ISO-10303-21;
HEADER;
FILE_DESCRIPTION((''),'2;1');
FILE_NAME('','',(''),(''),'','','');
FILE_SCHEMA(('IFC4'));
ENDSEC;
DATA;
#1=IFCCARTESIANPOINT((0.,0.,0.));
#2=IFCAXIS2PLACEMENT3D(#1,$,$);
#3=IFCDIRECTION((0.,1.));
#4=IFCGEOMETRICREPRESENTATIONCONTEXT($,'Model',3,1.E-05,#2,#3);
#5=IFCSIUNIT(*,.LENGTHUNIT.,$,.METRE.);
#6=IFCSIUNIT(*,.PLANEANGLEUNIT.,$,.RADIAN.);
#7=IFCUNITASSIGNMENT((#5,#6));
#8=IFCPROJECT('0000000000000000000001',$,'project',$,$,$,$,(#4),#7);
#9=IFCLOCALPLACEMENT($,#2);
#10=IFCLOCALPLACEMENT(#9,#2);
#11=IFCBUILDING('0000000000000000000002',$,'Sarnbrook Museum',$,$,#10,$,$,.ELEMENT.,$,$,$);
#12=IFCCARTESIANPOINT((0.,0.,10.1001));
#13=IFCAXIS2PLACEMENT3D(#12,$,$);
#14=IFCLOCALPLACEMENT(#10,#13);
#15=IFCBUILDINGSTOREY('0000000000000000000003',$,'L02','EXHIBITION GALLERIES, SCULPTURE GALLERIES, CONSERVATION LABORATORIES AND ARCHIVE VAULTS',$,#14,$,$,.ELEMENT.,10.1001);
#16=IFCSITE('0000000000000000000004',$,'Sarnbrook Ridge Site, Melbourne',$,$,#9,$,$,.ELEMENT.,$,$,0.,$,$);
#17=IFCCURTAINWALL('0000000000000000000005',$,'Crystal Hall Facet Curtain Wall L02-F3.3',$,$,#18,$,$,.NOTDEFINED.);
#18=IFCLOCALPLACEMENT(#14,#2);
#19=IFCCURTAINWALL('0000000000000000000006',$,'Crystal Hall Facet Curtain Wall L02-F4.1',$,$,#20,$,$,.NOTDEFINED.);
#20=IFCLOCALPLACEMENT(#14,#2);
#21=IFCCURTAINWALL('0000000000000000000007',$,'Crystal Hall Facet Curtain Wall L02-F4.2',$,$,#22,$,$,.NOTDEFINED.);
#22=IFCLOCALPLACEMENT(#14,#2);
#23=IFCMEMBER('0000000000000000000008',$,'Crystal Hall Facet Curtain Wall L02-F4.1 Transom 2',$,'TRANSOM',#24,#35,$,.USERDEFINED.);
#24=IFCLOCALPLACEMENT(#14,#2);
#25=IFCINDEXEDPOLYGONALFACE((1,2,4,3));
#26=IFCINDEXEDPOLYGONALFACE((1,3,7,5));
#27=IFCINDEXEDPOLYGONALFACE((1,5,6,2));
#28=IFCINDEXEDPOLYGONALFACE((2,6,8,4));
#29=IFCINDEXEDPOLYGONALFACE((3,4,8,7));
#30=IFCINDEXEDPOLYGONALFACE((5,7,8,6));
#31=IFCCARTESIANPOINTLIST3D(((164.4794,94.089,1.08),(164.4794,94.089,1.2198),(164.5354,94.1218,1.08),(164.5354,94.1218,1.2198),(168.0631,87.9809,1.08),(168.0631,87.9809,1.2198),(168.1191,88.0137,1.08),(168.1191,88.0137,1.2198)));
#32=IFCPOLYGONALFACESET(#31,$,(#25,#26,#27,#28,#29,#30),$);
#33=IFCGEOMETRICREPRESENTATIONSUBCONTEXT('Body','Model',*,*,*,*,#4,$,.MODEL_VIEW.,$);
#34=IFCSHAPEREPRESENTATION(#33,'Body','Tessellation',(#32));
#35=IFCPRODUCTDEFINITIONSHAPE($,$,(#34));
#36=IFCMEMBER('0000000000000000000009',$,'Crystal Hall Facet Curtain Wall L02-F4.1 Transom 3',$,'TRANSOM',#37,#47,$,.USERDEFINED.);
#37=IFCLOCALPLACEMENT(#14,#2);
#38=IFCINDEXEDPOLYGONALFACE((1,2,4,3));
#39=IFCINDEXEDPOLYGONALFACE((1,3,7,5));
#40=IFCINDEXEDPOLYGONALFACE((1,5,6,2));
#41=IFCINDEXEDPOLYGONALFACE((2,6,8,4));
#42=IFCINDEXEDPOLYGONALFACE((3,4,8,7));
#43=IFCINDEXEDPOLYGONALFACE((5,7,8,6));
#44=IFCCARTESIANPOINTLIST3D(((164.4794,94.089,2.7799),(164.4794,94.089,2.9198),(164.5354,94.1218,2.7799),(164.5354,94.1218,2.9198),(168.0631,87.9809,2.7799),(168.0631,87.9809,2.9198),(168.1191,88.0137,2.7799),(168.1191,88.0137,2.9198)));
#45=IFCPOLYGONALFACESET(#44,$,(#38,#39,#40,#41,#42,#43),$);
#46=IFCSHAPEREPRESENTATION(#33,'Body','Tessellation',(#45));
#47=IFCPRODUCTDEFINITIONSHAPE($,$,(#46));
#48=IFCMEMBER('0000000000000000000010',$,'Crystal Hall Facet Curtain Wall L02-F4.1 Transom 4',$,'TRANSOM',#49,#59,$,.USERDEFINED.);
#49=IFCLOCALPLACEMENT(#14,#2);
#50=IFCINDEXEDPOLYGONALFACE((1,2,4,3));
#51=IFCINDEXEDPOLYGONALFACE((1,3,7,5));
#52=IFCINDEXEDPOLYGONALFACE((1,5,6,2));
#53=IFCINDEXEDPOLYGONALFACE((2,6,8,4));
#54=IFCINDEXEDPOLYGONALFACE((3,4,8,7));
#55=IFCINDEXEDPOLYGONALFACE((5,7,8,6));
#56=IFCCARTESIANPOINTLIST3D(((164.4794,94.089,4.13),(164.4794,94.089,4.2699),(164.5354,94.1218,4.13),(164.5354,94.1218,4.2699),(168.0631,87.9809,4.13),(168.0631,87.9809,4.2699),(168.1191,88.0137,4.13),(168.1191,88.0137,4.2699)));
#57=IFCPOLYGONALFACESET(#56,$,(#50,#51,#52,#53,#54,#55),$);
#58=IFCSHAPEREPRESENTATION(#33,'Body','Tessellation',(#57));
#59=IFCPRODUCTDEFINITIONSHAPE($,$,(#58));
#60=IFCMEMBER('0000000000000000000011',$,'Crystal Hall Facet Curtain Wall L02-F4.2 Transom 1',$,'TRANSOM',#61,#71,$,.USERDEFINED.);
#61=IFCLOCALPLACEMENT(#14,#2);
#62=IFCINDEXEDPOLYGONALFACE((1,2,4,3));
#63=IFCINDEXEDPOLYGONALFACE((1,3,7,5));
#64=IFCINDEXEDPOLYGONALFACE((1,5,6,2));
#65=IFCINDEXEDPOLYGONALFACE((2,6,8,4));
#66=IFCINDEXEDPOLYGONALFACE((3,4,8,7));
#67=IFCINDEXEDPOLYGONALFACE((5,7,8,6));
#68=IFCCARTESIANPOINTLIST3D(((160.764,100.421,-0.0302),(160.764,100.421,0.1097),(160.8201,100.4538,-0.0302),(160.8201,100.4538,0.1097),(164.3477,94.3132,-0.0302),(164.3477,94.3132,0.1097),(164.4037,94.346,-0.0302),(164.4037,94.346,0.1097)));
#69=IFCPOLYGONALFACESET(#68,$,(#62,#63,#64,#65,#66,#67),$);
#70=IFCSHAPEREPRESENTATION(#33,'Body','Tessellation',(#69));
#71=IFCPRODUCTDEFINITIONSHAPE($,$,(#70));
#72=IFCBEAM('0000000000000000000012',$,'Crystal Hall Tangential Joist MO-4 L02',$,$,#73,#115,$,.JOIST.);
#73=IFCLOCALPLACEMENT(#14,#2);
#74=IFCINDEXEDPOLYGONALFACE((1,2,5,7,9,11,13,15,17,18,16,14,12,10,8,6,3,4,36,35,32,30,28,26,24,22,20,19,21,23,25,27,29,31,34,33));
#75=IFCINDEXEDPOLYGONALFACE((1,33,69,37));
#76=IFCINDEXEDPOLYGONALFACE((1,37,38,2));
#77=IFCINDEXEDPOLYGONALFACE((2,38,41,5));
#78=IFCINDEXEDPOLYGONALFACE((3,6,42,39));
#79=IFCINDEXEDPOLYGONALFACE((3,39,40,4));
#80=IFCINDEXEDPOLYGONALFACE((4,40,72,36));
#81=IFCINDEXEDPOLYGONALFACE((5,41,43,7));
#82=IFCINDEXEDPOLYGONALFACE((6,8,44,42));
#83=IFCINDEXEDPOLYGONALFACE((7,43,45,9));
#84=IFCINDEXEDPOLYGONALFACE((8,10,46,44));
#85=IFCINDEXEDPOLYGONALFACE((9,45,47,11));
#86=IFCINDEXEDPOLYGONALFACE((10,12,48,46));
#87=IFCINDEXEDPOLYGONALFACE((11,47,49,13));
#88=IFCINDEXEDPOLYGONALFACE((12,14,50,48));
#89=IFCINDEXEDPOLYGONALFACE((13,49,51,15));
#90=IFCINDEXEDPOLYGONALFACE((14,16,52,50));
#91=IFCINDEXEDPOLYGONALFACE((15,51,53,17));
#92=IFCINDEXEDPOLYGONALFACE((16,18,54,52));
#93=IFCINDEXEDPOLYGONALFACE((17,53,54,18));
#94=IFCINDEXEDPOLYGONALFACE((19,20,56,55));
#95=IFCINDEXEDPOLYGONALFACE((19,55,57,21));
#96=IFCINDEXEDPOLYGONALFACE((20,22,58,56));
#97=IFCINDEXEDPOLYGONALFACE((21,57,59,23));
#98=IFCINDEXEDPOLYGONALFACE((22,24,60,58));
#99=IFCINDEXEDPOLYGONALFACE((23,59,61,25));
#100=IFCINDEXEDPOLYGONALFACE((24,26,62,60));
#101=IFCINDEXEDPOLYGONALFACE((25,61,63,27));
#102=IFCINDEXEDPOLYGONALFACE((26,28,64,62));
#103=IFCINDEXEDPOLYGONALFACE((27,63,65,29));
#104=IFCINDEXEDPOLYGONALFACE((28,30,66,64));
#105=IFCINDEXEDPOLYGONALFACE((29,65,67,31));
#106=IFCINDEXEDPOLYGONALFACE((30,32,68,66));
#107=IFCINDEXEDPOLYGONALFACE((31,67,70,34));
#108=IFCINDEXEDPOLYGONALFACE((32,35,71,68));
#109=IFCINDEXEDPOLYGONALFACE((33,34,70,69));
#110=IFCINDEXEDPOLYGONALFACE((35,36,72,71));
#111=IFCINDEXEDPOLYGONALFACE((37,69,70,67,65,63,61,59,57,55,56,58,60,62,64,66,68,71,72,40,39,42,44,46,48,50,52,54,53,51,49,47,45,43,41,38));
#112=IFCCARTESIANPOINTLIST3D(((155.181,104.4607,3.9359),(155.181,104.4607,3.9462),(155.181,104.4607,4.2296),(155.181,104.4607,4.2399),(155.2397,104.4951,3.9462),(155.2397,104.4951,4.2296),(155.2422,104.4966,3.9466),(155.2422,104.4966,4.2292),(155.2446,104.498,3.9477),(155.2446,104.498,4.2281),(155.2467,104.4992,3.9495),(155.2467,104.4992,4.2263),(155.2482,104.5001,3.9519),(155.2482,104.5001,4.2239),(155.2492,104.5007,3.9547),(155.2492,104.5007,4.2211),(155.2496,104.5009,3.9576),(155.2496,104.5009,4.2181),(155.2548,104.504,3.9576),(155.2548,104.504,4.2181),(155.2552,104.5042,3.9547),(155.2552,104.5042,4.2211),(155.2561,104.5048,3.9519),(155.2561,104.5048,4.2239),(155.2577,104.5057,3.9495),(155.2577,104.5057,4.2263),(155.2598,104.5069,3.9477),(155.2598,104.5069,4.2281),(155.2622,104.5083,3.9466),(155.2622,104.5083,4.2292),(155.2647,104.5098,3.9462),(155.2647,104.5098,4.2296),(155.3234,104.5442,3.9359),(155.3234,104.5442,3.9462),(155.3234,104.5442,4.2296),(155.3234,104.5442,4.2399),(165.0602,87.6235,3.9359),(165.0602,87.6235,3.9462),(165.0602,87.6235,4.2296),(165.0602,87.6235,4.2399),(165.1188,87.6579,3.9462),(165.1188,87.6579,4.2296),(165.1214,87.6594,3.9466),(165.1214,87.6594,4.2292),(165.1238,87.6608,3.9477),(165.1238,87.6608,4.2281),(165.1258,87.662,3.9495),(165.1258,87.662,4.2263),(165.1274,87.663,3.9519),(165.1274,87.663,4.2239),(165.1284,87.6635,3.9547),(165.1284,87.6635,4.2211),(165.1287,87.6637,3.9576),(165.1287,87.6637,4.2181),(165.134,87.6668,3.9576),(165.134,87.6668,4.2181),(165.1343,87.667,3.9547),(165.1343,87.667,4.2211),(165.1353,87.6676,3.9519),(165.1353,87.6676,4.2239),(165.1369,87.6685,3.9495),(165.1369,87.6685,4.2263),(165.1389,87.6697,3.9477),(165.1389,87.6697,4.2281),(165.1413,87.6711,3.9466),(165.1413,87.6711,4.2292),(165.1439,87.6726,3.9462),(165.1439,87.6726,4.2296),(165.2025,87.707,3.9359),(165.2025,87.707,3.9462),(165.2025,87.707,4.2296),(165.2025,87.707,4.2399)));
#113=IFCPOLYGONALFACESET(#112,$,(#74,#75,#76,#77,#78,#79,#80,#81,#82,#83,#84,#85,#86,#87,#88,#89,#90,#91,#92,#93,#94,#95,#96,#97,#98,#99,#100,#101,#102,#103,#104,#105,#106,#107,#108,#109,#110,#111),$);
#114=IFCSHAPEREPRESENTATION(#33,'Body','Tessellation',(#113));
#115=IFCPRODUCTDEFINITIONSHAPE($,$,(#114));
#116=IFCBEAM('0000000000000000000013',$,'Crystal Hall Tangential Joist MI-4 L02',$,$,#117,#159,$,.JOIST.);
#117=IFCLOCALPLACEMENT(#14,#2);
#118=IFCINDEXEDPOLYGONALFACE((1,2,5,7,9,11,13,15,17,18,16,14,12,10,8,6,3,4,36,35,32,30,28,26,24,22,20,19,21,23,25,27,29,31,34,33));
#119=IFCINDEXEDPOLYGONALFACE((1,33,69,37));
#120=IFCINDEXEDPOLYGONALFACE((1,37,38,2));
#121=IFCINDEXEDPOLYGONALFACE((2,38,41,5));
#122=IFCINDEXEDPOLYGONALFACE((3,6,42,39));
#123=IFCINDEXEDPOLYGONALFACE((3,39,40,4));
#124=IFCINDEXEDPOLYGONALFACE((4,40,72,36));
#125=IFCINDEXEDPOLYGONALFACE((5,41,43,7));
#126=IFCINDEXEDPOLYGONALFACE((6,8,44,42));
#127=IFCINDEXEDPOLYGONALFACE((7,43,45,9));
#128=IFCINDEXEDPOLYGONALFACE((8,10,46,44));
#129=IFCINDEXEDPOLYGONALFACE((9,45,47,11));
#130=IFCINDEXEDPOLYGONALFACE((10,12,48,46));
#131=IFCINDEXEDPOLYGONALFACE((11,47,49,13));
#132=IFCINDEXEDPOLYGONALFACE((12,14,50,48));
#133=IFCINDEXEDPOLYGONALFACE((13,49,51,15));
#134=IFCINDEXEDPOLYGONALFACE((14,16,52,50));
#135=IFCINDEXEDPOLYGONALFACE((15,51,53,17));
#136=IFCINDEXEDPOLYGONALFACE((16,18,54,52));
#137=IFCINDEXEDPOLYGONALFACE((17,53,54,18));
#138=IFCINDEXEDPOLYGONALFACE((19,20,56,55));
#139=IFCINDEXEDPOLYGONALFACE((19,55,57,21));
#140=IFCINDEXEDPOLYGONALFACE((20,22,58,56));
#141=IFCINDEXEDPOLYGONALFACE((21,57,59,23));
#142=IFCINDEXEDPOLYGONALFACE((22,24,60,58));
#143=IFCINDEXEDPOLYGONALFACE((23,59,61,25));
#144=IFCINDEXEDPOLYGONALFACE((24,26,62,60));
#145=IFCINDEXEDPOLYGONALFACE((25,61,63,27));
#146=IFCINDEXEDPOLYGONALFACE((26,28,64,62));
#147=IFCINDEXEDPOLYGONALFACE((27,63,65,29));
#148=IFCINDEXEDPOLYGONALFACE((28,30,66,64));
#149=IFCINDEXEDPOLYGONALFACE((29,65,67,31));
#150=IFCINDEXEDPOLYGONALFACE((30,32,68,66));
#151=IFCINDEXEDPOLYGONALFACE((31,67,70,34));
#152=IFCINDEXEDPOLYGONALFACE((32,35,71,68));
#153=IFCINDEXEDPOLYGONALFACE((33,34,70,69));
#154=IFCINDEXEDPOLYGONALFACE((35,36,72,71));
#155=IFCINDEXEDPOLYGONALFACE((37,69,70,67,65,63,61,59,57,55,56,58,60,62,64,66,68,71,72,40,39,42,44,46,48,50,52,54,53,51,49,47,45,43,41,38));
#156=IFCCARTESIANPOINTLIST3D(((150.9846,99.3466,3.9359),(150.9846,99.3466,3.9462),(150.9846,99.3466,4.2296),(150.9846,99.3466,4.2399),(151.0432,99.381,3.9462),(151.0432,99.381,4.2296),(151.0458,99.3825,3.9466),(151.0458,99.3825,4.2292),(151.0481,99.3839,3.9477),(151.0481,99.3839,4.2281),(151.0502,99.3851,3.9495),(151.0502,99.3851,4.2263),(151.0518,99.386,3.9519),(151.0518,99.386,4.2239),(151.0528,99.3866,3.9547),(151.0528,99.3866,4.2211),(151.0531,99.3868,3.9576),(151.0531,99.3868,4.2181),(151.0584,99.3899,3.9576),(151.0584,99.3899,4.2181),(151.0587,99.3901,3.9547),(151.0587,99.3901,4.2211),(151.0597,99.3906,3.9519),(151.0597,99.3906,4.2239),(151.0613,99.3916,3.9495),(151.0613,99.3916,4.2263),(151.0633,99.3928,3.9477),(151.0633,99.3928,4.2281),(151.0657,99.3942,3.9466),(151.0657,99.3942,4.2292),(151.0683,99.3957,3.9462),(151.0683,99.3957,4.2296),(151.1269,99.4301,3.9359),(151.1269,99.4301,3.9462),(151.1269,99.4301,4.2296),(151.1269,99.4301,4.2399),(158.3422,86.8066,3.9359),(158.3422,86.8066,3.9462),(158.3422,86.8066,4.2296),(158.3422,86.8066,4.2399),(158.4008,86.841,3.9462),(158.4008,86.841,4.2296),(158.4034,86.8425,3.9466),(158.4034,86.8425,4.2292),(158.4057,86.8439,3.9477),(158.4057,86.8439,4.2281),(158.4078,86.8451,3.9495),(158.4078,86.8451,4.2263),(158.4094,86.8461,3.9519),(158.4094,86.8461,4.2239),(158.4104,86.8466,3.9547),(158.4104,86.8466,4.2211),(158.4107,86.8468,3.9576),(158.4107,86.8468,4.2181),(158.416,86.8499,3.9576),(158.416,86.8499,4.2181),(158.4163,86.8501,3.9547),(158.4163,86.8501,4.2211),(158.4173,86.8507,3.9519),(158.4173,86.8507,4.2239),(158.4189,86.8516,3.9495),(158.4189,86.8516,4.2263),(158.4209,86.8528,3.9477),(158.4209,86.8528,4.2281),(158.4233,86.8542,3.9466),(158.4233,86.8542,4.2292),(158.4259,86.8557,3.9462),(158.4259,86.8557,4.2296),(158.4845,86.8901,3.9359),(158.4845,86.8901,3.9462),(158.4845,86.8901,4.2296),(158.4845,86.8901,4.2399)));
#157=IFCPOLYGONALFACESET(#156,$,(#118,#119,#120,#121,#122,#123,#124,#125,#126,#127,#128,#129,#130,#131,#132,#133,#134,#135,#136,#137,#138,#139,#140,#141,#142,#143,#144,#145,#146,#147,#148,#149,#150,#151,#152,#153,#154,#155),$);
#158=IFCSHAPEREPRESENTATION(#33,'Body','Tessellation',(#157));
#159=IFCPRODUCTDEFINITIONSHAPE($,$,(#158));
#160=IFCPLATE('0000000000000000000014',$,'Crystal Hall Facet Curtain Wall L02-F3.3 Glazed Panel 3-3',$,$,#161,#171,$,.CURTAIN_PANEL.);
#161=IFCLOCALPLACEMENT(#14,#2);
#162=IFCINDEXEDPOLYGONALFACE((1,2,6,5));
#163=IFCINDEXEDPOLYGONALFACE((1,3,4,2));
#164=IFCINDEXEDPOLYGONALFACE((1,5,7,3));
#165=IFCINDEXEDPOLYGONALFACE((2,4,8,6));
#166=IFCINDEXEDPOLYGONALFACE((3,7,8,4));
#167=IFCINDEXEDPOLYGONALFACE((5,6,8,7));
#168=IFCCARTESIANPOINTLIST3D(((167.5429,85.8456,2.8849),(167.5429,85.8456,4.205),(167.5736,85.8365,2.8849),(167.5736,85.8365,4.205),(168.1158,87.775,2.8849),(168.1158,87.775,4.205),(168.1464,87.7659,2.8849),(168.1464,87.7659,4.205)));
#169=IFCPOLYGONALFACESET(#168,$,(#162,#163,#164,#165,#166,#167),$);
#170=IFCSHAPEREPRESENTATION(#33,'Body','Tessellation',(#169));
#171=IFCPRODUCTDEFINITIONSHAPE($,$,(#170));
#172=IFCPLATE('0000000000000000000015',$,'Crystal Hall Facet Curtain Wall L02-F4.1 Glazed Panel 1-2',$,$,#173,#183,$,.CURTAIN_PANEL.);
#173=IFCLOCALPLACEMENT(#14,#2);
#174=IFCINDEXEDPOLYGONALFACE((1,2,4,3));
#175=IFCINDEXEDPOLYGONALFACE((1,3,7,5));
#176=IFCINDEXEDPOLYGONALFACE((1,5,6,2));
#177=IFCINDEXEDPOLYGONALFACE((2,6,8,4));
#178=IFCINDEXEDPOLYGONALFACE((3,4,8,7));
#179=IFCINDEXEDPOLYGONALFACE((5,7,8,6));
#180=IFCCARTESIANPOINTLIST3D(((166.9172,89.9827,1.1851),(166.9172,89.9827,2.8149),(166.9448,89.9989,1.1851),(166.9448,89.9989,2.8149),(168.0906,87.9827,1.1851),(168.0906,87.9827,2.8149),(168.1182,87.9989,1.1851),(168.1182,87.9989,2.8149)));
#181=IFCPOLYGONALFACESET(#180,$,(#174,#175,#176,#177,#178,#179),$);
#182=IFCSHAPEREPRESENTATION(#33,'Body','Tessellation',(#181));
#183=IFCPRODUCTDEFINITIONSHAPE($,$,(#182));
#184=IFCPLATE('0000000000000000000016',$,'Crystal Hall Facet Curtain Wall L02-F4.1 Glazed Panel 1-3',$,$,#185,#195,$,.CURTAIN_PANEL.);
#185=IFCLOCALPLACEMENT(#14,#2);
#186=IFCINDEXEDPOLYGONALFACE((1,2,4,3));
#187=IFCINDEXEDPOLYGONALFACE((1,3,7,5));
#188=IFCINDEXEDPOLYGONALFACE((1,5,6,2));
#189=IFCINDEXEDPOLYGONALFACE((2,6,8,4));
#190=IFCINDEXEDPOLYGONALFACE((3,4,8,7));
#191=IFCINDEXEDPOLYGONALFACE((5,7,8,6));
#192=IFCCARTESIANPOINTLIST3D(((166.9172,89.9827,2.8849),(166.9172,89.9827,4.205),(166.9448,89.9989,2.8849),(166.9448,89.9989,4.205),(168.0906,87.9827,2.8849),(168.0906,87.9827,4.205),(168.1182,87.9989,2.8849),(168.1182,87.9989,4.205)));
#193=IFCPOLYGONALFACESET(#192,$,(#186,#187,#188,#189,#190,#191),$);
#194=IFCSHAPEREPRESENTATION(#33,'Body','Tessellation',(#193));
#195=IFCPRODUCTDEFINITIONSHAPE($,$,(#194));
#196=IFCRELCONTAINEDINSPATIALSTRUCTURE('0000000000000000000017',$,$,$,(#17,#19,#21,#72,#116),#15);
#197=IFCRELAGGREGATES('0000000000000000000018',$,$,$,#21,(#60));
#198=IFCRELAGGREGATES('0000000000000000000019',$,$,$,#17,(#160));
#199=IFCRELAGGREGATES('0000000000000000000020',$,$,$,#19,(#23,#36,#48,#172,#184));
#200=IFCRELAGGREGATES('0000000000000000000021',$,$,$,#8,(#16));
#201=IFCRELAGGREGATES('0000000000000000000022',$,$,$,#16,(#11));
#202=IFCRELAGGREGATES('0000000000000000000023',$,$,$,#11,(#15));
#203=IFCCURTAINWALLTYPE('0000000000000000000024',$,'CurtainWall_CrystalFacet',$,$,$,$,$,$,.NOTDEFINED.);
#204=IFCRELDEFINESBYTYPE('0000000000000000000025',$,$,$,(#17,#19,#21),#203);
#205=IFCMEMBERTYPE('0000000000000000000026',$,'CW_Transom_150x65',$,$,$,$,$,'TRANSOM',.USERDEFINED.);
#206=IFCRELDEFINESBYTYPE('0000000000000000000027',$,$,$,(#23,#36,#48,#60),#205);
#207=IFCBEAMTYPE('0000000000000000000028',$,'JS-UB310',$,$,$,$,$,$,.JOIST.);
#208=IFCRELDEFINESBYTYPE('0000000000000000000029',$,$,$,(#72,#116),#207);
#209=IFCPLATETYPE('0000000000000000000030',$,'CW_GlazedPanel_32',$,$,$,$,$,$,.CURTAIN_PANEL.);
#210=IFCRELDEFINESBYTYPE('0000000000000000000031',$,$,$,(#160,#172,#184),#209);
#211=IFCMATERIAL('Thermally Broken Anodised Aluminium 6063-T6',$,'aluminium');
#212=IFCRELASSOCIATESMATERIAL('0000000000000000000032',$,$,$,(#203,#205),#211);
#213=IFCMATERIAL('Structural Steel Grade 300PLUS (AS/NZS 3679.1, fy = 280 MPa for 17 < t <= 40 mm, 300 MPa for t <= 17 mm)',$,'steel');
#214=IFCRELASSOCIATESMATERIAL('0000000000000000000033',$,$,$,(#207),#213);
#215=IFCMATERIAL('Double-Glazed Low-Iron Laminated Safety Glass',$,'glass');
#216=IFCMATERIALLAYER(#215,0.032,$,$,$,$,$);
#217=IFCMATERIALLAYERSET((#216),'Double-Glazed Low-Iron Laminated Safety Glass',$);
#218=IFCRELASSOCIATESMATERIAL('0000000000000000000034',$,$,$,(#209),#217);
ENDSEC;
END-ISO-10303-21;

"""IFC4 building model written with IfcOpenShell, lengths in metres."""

from ifc_helpers import new_model, si_unit, direction, frame, origin, origin_2d, place, context, subcontext, project, spatial, rectangle, i_section, extrude, material, layer, layer_set, material_profile, profile_set, type_object, element, aggregate, save


model = new_model("IFC4")

# Units and contexts
model_context = context("Model", 3, precision=1e-05, world=origin(), true_north=direction((0.0, 1.0)))
body_context = subcontext(model_context, "Body", "Model", "MODEL_VIEW")
ifc_project = project(units=[si_unit("LENGTHUNIT", "METRE"), si_unit("PLANEANGLEUNIT", "RADIAN")], contexts=[model_context])

# Site, building, storey
site_placement = place(None, origin())
site = spatial("IfcSite", under=ifc_project, at=site_placement, Name="Sarnbrook Ridge Site, Melbourne", CompositionType="ELEMENT", RefElevation=0.0)
building_placement = place(site_placement, origin())
building = spatial("IfcBuilding", under=site, at=building_placement, Name="Sarnbrook Museum", CompositionType="ELEMENT")
storey_placement = place(building_placement, frame((0.0, 0.0, 10.1001)))
storey = spatial("IfcBuildingStorey", under=building, at=storey_placement, Name="L02", Description="EXHIBITION GALLERIES, SCULPTURE GALLERIES, CONSERVATION LABORATORIES AND ARCHIVE VAULTS", CompositionType="ELEMENT", Elevation=10.1001)

# Curtain wall
ifc_material_1 = material(Name="Thermally Broken Anodised Aluminium 6063-T6", Category="aluminium")
curtain_wall_type = type_object("IfcCurtainWallType", Name="CurtainWall_CrystalFacet", PredefinedType="NOTDEFINED", material=ifc_material_1)
curtain_wall_1_placement = place(storey_placement, origin())
curtain_wall_1 = element("IfcCurtainWall", 1, at=curtain_wall_1_placement, inside=storey, type_object=curtain_wall_type, Name="Crystal Hall Facet Curtain Wall L02-F3.3", PredefinedType="NOTDEFINED")

# Curtain wall
curtain_wall_2_placement = place(storey_placement, origin())
curtain_wall_2 = element("IfcCurtainWall", 2, at=curtain_wall_2_placement, inside=storey, type_object=curtain_wall_type, Name="Crystal Hall Facet Curtain Wall L02-F4.1", PredefinedType="NOTDEFINED")

# Curtain wall
curtain_wall_3_placement = place(storey_placement, origin())
curtain_wall_3 = element("IfcCurtainWall", 3, at=curtain_wall_3_placement, inside=storey, type_object=curtain_wall_type, Name="Crystal Hall Facet Curtain Wall L02-F4.2", PredefinedType="NOTDEFINED")

# Members
ifc_material_profile_1 = material_profile(ifc_material_1, rectangle(XDim=0.0649, YDim=0.1399, at=origin_2d()), Name="ALU TRANSOM 65x140")
ifc_profile_set_1 = profile_set([ifc_material_profile_1], Name="Thermally Broken Anodised Aluminium 6063-T6")
member_type_1 = type_object("IfcMemberType", Name="CW_Transom_150x65", ElementType="TRANSOM", PredefinedType="USERDEFINED", material=ifc_profile_set_1)
member_1_placement = place(storey_placement, frame((168.0911, 87.9973, 1.1499), z_axis=(-0.506045, 0.862507, 0.0), x_axis=(-0.862507, -0.506045, 0.0)))
member_1 = element("IfcMember", 4, at=member_1_placement, type_object=member_type_1, Name="Crystal Hall Facet Curtain Wall L02-F4.1 Transom 2", ObjectType="TRANSOM", PredefinedType="USERDEFINED", context=body_context, shape_type="SweptSolid", body=[
    extrude(rectangle(XDim=0.0649, YDim=0.1399, at=origin_2d()), origin(), (0.0, 0.0, 1.0), 7.0818),
])
member_2_placement = place(storey_placement, frame((168.0911, 87.9973, 2.8499), z_axis=(-0.506045, 0.862507, 0.0), x_axis=(-0.862507, -0.506045, 0.0)))
member_2 = element("IfcMember", 5, at=member_2_placement, type_object=member_type_1, Name="Crystal Hall Facet Curtain Wall L02-F4.1 Transom 3", ObjectType="TRANSOM", PredefinedType="USERDEFINED", context=body_context, shape_type="SweptSolid", body=[
    extrude(rectangle(XDim=0.0649, YDim=0.1399, at=origin_2d()), origin(), (0.0, 0.0, 1.0), 7.0818),
])
member_3_placement = place(storey_placement, frame((168.0911, 87.9973, 4.2), z_axis=(-0.506045, 0.862507, 0.0), x_axis=(-0.862507, -0.506045, 0.0)))
member_3 = element("IfcMember", 6, at=member_3_placement, type_object=member_type_1, Name="Crystal Hall Facet Curtain Wall L02-F4.1 Transom 4", ObjectType="TRANSOM", PredefinedType="USERDEFINED", context=body_context, shape_type="SweptSolid", body=[
    extrude(rectangle(XDim=0.0649, YDim=0.1399, at=origin_2d()), origin(), (0.0, 0.0, 1.0), 7.0818),
])
member_4_placement = place(storey_placement, frame((164.3757, 94.3296, 0.0398), z_axis=(-0.50606, 0.862498, 0.0), x_axis=(-0.862498, -0.50606, 0.0)))
member_4 = element("IfcMember", 7, at=member_4_placement, type_object=member_type_1, Name="Crystal Hall Facet Curtain Wall L02-F4.2 Transom 1", ObjectType="TRANSOM", PredefinedType="USERDEFINED", context=body_context, shape_type="SweptSolid", body=[
    extrude(rectangle(XDim=0.0649, YDim=0.1399, at=origin_2d()), origin(), (0.0, 0.0, 1.0), 7.0815),
])
aggregate(curtain_wall_3, [member_4])

# Beams
ifc_material_2 = material(Name="Structural Steel Grade 300PLUS (AS/NZS 3679.1, fy = 280 MPa for 17 < t <= 40 mm, 300 MPa for t <= 17 mm)", Category="steel")
ifc_material_profile_2 = material_profile(ifc_material_2, i_section(OverallWidth=0.165, OverallDepth=0.304, WebThickness=0.0061, FlangeThickness=0.0103, FilletRadius=0.0115, at=origin_2d()), Name="310UB40.4")
ifc_profile_set_2 = profile_set([ifc_material_profile_2], Name="Structural Steel Grade 300PLUS (AS/NZS 3679.1, fy = 280 MPa for 17 < t <= 40 mm, 300 MPa for t <= 17 mm)")
beam_type_1 = type_object("IfcBeamType", Name="JS-UB310", PredefinedType="JOIST", material=ifc_profile_set_2)
beam_1_placement = place(storey_placement, frame((165.1313, 87.6653, 4.0879), z_axis=(-0.506066, 0.862495, 0.0), x_axis=(-0.862495, -0.506066, 0.0)))
element("IfcBeam", 8, at=beam_1_placement, inside=storey, type_object=beam_type_1, Name="Crystal Hall Tangential Joist MO-4 L02", PredefinedType="JOIST", context=body_context, shape_type="SweptSolid", body=[
    extrude(i_section(OverallWidth=0.165, OverallDepth=0.304, WebThickness=0.0061, FlangeThickness=0.0103, FilletRadius=0.0115, at=origin_2d()), origin(), (0.0, 0.0, 1.0), 19.5215),
])
beam_2_placement = place(storey_placement, frame((158.4133, 86.8484, 4.0879), z_axis=(-0.506058, 0.8625, 0.0), x_axis=(-0.8625, -0.506058, 0.0)))
element("IfcBeam", 9, at=beam_2_placement, inside=storey, type_object=beam_type_1, Name="Crystal Hall Tangential Joist MI-4 L02", PredefinedType="JOIST", context=body_context, shape_type="SweptSolid", body=[
    extrude(i_section(OverallWidth=0.165, OverallDepth=0.304, WebThickness=0.0061, FlangeThickness=0.0103, FilletRadius=0.0115, at=origin_2d()), origin(), (0.0, 0.0, 1.0), 14.5391),
])

# Plates
ifc_material_3 = material(Name="Double-Glazed Low-Iron Laminated Safety Glass", Category="glass")
ifc_layer_1 = layer(ifc_material_3, 0.032)
ifc_layer_set_1 = layer_set([ifc_layer_1], Name="Double-Glazed Low-Iron Laminated Safety Glass")
plate_type_1 = type_object("IfcPlateType", Name="CW_GlazedPanel_32", PredefinedType="CURTAIN_PANEL", material=ifc_layer_set_1)
plate_1_placement = place(storey_placement, frame((167.8293, 86.8103, 3.5449), z_axis=(0.958646, -0.284601, 0.0), x_axis=(0.284601, 0.958646, 0.0)))
plate_1 = element("IfcPlate", 10, at=plate_1_placement, type_object=plate_type_1, Name="Crystal Hall Facet Curtain Wall L02-F3.3 Glazed Panel 3-3", PredefinedType="CURTAIN_PANEL", context=body_context, shape_type="SweptSolid", body=[
    extrude(rectangle(XDim=2.0127, YDim=1.3201, at=origin_2d()), origin(), (0.0, 0.0, 1.0), 0.032),
])
plate_2_placement = place(storey_placement, frame((167.5039, 88.9827, 2.0), z_axis=(0.862498, 0.506061, 0.0), x_axis=(-0.506061, 0.862498, 0.0)))
plate_2 = element("IfcPlate", 11, at=plate_2_placement, type_object=plate_type_1, Name="Crystal Hall Facet Curtain Wall L02-F4.1 Glazed Panel 1-2", PredefinedType="CURTAIN_PANEL", context=body_context, shape_type="SweptSolid", body=[
    extrude(rectangle(XDim=2.3188, YDim=1.6299, at=origin_2d()), origin(), (0.0, 0.0, 1.0), 0.032),
])
plate_3_placement = place(storey_placement, frame((167.5039, 88.9827, 3.5449), z_axis=(0.862498, 0.506061, 0.0), x_axis=(-0.506061, 0.862498, 0.0)))
plate_3 = element("IfcPlate", 12, at=plate_3_placement, type_object=plate_type_1, Name="Crystal Hall Facet Curtain Wall L02-F4.1 Glazed Panel 1-3", PredefinedType="CURTAIN_PANEL", context=body_context, shape_type="SweptSolid", body=[
    extrude(rectangle(XDim=2.3188, YDim=1.3201, at=origin_2d()), origin(), (0.0, 0.0, 1.0), 0.032),
])
aggregate(curtain_wall_1, [plate_1])
aggregate(curtain_wall_2, [member_1, member_2, member_3, plate_2, plate_3])

save(model, "model.ifc")
